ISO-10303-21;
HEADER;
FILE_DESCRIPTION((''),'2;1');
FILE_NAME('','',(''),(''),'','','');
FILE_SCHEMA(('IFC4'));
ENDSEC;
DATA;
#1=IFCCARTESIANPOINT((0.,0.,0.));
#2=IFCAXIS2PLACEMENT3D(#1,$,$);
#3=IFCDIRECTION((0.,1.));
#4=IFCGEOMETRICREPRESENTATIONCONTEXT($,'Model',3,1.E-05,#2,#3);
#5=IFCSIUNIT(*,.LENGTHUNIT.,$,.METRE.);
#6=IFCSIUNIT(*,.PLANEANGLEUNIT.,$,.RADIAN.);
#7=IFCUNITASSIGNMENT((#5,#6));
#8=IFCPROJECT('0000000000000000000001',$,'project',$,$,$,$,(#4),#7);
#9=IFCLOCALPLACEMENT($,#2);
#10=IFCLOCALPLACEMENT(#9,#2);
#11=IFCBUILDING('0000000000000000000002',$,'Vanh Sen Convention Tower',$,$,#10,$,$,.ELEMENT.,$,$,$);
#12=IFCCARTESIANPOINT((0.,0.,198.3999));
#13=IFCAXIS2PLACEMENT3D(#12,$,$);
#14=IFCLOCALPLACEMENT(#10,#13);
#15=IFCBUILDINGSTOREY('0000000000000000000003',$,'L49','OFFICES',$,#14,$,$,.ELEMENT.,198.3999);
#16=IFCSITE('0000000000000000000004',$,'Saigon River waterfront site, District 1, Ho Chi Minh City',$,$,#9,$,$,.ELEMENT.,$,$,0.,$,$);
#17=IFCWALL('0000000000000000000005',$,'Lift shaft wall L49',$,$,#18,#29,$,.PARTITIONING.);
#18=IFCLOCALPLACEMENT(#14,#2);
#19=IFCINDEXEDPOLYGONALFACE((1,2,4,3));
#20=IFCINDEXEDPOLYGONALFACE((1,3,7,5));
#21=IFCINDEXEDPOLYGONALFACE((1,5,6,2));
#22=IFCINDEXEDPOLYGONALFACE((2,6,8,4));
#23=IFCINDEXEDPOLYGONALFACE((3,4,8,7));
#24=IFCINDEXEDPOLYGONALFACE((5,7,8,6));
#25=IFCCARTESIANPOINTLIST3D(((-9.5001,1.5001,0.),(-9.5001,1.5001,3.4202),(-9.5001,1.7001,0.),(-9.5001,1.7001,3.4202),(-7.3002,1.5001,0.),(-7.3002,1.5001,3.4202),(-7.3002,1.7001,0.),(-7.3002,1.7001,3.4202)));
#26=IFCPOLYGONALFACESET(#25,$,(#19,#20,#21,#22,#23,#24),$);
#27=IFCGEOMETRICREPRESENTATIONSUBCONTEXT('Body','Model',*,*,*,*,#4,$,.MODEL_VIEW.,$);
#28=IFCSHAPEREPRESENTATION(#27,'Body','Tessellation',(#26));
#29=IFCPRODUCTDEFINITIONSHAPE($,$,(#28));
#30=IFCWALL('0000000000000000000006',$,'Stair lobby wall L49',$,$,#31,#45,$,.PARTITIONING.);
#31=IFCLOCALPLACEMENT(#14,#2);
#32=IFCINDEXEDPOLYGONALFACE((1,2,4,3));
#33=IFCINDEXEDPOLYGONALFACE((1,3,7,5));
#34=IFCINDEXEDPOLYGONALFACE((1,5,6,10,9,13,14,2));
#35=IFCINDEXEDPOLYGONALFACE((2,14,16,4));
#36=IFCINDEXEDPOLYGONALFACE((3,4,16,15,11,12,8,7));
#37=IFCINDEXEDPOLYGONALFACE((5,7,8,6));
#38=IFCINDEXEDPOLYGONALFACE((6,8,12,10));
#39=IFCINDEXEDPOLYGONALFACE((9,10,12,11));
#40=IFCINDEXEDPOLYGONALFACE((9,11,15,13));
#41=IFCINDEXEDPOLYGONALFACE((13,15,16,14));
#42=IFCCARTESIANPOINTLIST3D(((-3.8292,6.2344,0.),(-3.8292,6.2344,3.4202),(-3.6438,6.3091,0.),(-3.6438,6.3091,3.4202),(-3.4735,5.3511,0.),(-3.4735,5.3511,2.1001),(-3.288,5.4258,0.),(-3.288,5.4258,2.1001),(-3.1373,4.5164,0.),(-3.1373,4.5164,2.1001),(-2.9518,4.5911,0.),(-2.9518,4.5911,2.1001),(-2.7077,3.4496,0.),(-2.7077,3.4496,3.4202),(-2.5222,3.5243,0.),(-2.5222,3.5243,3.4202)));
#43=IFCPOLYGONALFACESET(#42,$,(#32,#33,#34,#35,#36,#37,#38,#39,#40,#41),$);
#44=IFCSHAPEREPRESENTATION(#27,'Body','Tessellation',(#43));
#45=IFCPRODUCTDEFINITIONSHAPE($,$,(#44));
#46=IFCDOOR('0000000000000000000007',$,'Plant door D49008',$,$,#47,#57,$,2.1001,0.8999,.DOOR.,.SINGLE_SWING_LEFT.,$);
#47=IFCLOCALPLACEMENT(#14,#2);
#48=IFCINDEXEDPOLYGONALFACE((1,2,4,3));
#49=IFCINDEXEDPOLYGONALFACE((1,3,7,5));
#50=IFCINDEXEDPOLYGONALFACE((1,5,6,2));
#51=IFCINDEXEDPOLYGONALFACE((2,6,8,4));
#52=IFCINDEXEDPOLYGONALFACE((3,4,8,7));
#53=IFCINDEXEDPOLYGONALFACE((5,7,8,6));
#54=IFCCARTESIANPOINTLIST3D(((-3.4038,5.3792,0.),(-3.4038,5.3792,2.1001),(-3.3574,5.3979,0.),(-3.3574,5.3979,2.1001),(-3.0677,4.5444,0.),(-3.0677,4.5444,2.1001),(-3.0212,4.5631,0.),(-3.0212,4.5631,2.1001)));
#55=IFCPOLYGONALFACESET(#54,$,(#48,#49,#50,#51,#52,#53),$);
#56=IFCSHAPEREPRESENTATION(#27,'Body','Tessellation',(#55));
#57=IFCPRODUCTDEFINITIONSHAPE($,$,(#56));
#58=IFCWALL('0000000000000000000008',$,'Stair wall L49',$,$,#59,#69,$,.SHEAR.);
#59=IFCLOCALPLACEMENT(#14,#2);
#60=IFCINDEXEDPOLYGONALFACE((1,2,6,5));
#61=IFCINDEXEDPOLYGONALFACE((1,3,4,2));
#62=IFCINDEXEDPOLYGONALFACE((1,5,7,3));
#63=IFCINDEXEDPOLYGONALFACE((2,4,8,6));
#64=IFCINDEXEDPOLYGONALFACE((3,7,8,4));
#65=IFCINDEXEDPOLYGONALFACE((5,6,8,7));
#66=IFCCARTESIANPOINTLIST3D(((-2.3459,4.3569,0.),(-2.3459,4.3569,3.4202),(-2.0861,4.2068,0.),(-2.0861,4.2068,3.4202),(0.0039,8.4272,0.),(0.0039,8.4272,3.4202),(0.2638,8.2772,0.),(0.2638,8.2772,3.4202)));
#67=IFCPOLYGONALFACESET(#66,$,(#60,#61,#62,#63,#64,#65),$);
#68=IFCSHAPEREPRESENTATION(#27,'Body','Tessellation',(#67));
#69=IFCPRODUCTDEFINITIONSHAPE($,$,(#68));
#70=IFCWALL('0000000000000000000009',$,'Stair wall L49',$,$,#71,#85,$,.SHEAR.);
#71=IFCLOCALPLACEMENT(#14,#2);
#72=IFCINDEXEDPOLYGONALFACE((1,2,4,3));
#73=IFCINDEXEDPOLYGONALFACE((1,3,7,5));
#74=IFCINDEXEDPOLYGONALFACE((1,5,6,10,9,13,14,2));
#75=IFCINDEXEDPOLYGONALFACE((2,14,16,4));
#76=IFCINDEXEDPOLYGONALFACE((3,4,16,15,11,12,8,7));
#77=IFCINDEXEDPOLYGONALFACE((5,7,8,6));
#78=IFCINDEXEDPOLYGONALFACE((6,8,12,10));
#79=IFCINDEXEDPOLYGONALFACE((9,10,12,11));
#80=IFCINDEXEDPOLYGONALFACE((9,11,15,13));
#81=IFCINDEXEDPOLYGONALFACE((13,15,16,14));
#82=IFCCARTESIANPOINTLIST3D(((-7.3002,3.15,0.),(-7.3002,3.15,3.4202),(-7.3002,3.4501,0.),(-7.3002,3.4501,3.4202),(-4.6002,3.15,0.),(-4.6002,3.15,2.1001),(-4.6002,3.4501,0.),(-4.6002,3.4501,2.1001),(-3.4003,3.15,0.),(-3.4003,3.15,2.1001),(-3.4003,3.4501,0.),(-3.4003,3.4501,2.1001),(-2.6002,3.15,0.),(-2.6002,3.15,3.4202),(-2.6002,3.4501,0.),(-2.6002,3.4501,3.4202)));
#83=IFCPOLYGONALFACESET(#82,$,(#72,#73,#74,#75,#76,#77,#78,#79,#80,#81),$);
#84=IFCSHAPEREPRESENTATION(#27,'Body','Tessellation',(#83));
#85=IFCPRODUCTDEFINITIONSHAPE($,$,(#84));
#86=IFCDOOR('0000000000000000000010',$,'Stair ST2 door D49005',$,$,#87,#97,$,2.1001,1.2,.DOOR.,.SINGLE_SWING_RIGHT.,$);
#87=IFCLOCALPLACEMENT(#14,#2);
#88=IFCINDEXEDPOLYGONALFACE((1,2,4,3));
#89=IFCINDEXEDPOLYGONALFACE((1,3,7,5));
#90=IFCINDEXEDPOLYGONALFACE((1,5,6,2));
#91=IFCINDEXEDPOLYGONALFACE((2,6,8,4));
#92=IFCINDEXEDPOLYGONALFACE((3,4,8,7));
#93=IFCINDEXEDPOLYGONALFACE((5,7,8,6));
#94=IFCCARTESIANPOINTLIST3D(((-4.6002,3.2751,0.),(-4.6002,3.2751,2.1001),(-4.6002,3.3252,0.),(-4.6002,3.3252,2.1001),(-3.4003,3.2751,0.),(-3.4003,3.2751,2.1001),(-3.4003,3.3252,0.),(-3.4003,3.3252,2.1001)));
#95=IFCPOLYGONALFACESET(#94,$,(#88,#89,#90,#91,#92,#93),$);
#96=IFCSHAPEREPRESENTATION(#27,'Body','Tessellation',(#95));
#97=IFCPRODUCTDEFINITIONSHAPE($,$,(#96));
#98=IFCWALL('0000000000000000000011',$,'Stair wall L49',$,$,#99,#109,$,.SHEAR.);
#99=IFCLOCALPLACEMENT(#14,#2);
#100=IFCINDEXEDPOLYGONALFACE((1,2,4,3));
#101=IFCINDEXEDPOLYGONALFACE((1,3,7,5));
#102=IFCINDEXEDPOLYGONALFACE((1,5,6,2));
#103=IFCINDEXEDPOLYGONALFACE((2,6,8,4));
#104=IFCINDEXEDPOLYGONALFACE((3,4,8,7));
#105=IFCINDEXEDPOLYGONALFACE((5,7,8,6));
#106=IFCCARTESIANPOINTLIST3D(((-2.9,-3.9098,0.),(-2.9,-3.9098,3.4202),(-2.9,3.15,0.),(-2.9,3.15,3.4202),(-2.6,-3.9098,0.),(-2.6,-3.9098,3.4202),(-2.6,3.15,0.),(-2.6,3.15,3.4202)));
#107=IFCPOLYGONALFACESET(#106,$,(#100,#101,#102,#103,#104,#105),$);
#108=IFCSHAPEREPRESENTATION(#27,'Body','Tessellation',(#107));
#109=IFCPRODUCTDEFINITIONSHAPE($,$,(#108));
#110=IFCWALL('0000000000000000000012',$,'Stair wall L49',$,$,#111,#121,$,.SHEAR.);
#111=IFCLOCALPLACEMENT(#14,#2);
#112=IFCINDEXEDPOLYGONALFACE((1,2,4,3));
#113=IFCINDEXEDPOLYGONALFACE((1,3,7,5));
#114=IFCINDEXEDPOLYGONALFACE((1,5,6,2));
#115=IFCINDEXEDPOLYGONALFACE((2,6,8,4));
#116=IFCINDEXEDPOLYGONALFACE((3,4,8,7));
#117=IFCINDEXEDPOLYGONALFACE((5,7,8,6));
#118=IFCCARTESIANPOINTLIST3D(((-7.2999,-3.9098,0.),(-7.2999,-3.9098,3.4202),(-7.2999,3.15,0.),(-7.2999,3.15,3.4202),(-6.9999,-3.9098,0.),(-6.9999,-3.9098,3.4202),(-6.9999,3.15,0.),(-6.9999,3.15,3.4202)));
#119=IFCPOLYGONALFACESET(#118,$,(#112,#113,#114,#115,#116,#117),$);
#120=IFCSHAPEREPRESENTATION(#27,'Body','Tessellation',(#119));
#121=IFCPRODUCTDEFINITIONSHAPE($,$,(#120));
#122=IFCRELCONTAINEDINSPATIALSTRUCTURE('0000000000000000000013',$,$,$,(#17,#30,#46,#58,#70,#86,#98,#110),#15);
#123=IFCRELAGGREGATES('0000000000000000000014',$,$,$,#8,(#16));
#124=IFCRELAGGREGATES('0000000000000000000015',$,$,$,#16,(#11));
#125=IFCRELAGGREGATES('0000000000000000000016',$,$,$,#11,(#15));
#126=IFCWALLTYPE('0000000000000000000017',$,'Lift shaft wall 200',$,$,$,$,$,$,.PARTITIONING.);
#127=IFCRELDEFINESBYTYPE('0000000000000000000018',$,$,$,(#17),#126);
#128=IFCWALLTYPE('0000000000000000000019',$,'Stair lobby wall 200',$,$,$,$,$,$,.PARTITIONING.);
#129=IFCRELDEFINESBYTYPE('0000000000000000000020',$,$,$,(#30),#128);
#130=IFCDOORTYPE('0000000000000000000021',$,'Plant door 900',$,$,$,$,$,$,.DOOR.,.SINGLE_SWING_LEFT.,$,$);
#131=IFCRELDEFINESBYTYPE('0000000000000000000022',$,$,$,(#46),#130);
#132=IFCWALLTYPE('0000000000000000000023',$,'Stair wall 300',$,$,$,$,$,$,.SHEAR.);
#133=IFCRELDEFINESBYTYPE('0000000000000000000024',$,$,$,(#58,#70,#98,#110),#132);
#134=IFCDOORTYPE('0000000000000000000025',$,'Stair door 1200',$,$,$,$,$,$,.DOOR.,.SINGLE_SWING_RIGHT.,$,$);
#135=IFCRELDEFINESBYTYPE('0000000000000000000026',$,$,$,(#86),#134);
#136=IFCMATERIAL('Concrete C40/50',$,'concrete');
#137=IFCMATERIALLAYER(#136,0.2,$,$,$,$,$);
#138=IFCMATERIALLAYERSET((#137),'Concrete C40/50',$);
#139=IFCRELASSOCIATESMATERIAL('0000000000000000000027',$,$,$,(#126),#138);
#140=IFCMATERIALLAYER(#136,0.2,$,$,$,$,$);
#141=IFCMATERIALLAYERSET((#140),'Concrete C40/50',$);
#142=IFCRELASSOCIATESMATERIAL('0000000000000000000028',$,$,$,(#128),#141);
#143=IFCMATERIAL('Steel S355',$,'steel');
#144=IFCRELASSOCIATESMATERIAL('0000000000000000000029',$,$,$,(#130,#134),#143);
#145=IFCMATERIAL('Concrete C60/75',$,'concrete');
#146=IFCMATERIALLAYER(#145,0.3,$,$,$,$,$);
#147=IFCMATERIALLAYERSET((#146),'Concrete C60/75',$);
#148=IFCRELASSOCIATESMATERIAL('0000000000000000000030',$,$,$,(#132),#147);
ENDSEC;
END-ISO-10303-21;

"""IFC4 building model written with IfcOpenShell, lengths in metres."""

from ifc_helpers import new_model, si_unit, direction, frame, frame_2d, origin, place, context, subcontext, project, spatial, rectangle, extrude, material, layer, layer_set, type_object, element, fill, save


model = new_model("IFC4")

# Units and contexts
model_context = context("Model", 3, precision=1e-05, world=origin(), true_north=direction((0.0, 1.0)))
body_context = subcontext(model_context, "Body", "Model", "MODEL_VIEW")
ifc_project = project(units=[si_unit("LENGTHUNIT", "METRE"), si_unit("PLANEANGLEUNIT", "RADIAN")], contexts=[model_context])

# Site, building, storey
site_placement = place(None, origin())
site = spatial("IfcSite", under=ifc_project, at=site_placement, Name="Saigon River waterfront site, District 1, Ho Chi Minh City", CompositionType="ELEMENT", RefElevation=0.0)
building_placement = place(site_placement, origin())
building = spatial("IfcBuilding", under=site, at=building_placement, Name="Vanh Sen Convention Tower", CompositionType="ELEMENT")
storey_placement = place(building_placement, frame((0.0, 0.0, 198.3999)))
storey = spatial("IfcBuildingStorey", under=building, at=storey_placement, Name="L49", Description="OFFICES", CompositionType="ELEMENT", Elevation=198.3999)

# Shared definitions
ifc_material_1 = material(Name="Concrete C40/50", Category="concrete")

# Shared definitions
ifc_material_2 = material(Name="Concrete C60/75", Category="concrete")

# Wall
ifc_layer_1 = layer(ifc_material_1, 0.2)
ifc_layer_set_1 = layer_set([ifc_layer_1], Name="Concrete C40/50")
wall_type_1 = type_object("IfcWallType", Name="Lift shaft wall 200", PredefinedType="PARTITIONING", material=ifc_layer_set_1)
for number, where, z_axis, x_axis, name in (
    (1, (-7.3, 1.6001, 0.0), (0.0, 0.0, 1.0), (-1.0, 0.0, 0.0), "Lift shaft wall L49"),
):
    element("IfcWall", number, at=place(storey_placement, frame(where, z_axis=z_axis, x_axis=x_axis)), inside=storey, type_object=wall_type_1, Name=name, PredefinedType="PARTITIONING", context=body_context, shape_type="SweptSolid", body=[
        extrude(rectangle(XDim=2.2, YDim=0.2, at=frame_2d((1.1001, 0.0))), origin(), (0.0, 0.0, 1.0), 3.4202),
    ])

# Wall, opening, door
ifc_layer_2 = layer(ifc_material_1, 0.2)
ifc_layer_set_2 = layer_set([ifc_layer_2], Name="Concrete C40/50")
wall_type_2 = type_object("IfcWallType", Name="Stair lobby wall 200", PredefinedType="PARTITIONING", material=ifc_layer_set_2)
wall_1_placement = place(storey_placement, frame((-2.615, 3.4871, 0.0), z_axis=(0.0, 0.0, 1.0), x_axis=(-0.373577, 0.927599, 0.0)))
wall_1 = element("IfcWall", 2, at=wall_1_placement, inside=storey, type_object=wall_type_2, Name="Stair lobby wall L49", PredefinedType="PARTITIONING", context=body_context, shape_type="SweptSolid", body=[
    extrude(rectangle(XDim=3.0022, YDim=0.2, at=frame_2d((1.501, 0.0))), origin(), (0.0, 0.0, 1.0), 3.4202),
])
opening_1_placement = place(wall_1_placement, frame((1.1499, 0.0, 0.0)))
opening_1 = element("IfcOpeningElement", 3, at=opening_1_placement, cuts=wall_1, PredefinedType="OPENING", context=body_context, shape_type="SweptSolid", body=[
    extrude(rectangle(XDim=0.8999, YDim=2.1001, at=frame_2d((0.45, 1.05))), frame((0.0, 0.1099, 0.0), z_axis=(0.0, -1.0, 0.0), x_axis=(1.0, 0.0, 0.0)), (0.0, 0.0, 1.0), 0.22),
])
ifc_material_3 = material(Name="Steel S355", Category="steel")
door_type_1 = type_object("IfcDoorType", Name="Plant door 900", OperationType="SINGLE_SWING_LEFT", PredefinedType="DOOR", material=ifc_material_3)
door_1_placement = place(opening_1_placement, origin())
door_1 = element("IfcDoor", 4, at=door_1_placement, inside=storey, type_object=door_type_1, Name="Plant door D49008", OperationType="SINGLE_SWING_LEFT", OverallHeight=2.1001, OverallWidth=0.8999, PredefinedType="DOOR", context=body_context, shape_type="SweptSolid", body=[
    extrude(rectangle(XDim=0.8999, YDim=2.1001, at=frame_2d((0.45, 1.05))), frame((0.0, 0.0249, 0.0), z_axis=(0.0, -1.0, 0.0), x_axis=(1.0, 0.0, 0.0)), (0.0, 0.0, 1.0), 0.05),
])
fill(opening_1, door_1)

# Wall
ifc_layer_3 = layer(ifc_material_2, 0.3)
ifc_layer_set_3 = layer_set([ifc_layer_3], Name="Concrete C60/75")
wall_type_3 = type_object("IfcWallType", Name="Stair wall 300", PredefinedType="SHEAR", material=ifc_layer_set_3)
wall_2_placement = place(storey_placement, frame((-2.2161, 4.2817, 0.0), z_axis=(0.0, 0.0, 1.0), x_axis=(0.499977, 0.866039, 0.0)))
element("IfcWall", 5, at=wall_2_placement, inside=storey, type_object=wall_type_3, Name="Stair wall L49", PredefinedType="SHEAR", context=body_context, shape_type="SweptSolid", body=[
    extrude(rectangle(XDim=4.7, YDim=0.3, at=frame_2d((2.3501, 0.0))), origin(), (0.0, 0.0, 1.0), 3.4202),
])

# Wall, opening, door
wall_3_placement = place(storey_placement, frame((-2.6001, 3.3, 0.0), z_axis=(0.0, 0.0, 1.0), x_axis=(-1.0, 0.0, 0.0)))
wall_3 = element("IfcWall", 6, at=wall_3_placement, inside=storey, type_object=wall_type_3, Name="Stair wall L49", PredefinedType="SHEAR", context=body_context, shape_type="SweptSolid", body=[
    extrude(rectangle(XDim=4.7, YDim=0.3, at=frame_2d((2.3501, 0.0))), origin(), (0.0, 0.0, 1.0), 3.4202),
])
opening_2_placement = place(wall_3_placement, frame((0.8, 0.0, 0.0)))
opening_2 = element("IfcOpeningElement", 7, at=opening_2_placement, cuts=wall_3, PredefinedType="OPENING", context=body_context, shape_type="SweptSolid", body=[
    extrude(rectangle(XDim=1.2, YDim=2.1001, at=frame_2d((0.6001, 1.05))), frame((0.0, 0.1599, 0.0), z_axis=(0.0, -1.0, 0.0), x_axis=(1.0, 0.0, 0.0)), (0.0, 0.0, 1.0), 0.3201),
])
door_type_2 = type_object("IfcDoorType", Name="Stair door 1200", OperationType="SINGLE_SWING_RIGHT", PredefinedType="DOOR", material=ifc_material_3)
door_2_placement = place(opening_2_placement, origin())
door_2 = element("IfcDoor", 8, at=door_2_placement, inside=storey, type_object=door_type_2, Name="Stair ST2 door D49005", OperationType="SINGLE_SWING_RIGHT", OverallHeight=2.1001, OverallWidth=1.2, PredefinedType="DOOR", context=body_context, shape_type="SweptSolid", body=[
    extrude(rectangle(XDim=1.2, YDim=2.1001, at=frame_2d((0.6001, 1.05))), frame((0.0, 0.0249, 0.0), z_axis=(0.0, -1.0, 0.0), x_axis=(1.0, 0.0, 0.0)), (0.0, 0.0, 1.0), 0.05),
])
fill(opening_2, door_2)

# Walls
for number, where, z_axis, x_axis, name in (
    (9, (-2.75, 3.1499, 0.0), (0.0, 0.0, 1.0), (0.0, -1.0, 0.0), "Stair wall L49"),
    (10, (-7.1499, 3.1499, 0.0), (0.0, 0.0, 1.0), (0.0, -1.0, 0.0), "Stair wall L49"),
):
    element("IfcWall", number, at=place(storey_placement, frame(where, z_axis=z_axis, x_axis=x_axis)), inside=storey, type_object=wall_type_3, Name=name, PredefinedType="SHEAR", context=body_context, shape_type="SweptSolid", body=[
        extrude(rectangle(XDim=7.0598, YDim=0.3, at=frame_2d((3.5298, 0.0))), origin(), (0.0, 0.0, 1.0), 3.4202),
    ])

save(model, "model.ifc")
